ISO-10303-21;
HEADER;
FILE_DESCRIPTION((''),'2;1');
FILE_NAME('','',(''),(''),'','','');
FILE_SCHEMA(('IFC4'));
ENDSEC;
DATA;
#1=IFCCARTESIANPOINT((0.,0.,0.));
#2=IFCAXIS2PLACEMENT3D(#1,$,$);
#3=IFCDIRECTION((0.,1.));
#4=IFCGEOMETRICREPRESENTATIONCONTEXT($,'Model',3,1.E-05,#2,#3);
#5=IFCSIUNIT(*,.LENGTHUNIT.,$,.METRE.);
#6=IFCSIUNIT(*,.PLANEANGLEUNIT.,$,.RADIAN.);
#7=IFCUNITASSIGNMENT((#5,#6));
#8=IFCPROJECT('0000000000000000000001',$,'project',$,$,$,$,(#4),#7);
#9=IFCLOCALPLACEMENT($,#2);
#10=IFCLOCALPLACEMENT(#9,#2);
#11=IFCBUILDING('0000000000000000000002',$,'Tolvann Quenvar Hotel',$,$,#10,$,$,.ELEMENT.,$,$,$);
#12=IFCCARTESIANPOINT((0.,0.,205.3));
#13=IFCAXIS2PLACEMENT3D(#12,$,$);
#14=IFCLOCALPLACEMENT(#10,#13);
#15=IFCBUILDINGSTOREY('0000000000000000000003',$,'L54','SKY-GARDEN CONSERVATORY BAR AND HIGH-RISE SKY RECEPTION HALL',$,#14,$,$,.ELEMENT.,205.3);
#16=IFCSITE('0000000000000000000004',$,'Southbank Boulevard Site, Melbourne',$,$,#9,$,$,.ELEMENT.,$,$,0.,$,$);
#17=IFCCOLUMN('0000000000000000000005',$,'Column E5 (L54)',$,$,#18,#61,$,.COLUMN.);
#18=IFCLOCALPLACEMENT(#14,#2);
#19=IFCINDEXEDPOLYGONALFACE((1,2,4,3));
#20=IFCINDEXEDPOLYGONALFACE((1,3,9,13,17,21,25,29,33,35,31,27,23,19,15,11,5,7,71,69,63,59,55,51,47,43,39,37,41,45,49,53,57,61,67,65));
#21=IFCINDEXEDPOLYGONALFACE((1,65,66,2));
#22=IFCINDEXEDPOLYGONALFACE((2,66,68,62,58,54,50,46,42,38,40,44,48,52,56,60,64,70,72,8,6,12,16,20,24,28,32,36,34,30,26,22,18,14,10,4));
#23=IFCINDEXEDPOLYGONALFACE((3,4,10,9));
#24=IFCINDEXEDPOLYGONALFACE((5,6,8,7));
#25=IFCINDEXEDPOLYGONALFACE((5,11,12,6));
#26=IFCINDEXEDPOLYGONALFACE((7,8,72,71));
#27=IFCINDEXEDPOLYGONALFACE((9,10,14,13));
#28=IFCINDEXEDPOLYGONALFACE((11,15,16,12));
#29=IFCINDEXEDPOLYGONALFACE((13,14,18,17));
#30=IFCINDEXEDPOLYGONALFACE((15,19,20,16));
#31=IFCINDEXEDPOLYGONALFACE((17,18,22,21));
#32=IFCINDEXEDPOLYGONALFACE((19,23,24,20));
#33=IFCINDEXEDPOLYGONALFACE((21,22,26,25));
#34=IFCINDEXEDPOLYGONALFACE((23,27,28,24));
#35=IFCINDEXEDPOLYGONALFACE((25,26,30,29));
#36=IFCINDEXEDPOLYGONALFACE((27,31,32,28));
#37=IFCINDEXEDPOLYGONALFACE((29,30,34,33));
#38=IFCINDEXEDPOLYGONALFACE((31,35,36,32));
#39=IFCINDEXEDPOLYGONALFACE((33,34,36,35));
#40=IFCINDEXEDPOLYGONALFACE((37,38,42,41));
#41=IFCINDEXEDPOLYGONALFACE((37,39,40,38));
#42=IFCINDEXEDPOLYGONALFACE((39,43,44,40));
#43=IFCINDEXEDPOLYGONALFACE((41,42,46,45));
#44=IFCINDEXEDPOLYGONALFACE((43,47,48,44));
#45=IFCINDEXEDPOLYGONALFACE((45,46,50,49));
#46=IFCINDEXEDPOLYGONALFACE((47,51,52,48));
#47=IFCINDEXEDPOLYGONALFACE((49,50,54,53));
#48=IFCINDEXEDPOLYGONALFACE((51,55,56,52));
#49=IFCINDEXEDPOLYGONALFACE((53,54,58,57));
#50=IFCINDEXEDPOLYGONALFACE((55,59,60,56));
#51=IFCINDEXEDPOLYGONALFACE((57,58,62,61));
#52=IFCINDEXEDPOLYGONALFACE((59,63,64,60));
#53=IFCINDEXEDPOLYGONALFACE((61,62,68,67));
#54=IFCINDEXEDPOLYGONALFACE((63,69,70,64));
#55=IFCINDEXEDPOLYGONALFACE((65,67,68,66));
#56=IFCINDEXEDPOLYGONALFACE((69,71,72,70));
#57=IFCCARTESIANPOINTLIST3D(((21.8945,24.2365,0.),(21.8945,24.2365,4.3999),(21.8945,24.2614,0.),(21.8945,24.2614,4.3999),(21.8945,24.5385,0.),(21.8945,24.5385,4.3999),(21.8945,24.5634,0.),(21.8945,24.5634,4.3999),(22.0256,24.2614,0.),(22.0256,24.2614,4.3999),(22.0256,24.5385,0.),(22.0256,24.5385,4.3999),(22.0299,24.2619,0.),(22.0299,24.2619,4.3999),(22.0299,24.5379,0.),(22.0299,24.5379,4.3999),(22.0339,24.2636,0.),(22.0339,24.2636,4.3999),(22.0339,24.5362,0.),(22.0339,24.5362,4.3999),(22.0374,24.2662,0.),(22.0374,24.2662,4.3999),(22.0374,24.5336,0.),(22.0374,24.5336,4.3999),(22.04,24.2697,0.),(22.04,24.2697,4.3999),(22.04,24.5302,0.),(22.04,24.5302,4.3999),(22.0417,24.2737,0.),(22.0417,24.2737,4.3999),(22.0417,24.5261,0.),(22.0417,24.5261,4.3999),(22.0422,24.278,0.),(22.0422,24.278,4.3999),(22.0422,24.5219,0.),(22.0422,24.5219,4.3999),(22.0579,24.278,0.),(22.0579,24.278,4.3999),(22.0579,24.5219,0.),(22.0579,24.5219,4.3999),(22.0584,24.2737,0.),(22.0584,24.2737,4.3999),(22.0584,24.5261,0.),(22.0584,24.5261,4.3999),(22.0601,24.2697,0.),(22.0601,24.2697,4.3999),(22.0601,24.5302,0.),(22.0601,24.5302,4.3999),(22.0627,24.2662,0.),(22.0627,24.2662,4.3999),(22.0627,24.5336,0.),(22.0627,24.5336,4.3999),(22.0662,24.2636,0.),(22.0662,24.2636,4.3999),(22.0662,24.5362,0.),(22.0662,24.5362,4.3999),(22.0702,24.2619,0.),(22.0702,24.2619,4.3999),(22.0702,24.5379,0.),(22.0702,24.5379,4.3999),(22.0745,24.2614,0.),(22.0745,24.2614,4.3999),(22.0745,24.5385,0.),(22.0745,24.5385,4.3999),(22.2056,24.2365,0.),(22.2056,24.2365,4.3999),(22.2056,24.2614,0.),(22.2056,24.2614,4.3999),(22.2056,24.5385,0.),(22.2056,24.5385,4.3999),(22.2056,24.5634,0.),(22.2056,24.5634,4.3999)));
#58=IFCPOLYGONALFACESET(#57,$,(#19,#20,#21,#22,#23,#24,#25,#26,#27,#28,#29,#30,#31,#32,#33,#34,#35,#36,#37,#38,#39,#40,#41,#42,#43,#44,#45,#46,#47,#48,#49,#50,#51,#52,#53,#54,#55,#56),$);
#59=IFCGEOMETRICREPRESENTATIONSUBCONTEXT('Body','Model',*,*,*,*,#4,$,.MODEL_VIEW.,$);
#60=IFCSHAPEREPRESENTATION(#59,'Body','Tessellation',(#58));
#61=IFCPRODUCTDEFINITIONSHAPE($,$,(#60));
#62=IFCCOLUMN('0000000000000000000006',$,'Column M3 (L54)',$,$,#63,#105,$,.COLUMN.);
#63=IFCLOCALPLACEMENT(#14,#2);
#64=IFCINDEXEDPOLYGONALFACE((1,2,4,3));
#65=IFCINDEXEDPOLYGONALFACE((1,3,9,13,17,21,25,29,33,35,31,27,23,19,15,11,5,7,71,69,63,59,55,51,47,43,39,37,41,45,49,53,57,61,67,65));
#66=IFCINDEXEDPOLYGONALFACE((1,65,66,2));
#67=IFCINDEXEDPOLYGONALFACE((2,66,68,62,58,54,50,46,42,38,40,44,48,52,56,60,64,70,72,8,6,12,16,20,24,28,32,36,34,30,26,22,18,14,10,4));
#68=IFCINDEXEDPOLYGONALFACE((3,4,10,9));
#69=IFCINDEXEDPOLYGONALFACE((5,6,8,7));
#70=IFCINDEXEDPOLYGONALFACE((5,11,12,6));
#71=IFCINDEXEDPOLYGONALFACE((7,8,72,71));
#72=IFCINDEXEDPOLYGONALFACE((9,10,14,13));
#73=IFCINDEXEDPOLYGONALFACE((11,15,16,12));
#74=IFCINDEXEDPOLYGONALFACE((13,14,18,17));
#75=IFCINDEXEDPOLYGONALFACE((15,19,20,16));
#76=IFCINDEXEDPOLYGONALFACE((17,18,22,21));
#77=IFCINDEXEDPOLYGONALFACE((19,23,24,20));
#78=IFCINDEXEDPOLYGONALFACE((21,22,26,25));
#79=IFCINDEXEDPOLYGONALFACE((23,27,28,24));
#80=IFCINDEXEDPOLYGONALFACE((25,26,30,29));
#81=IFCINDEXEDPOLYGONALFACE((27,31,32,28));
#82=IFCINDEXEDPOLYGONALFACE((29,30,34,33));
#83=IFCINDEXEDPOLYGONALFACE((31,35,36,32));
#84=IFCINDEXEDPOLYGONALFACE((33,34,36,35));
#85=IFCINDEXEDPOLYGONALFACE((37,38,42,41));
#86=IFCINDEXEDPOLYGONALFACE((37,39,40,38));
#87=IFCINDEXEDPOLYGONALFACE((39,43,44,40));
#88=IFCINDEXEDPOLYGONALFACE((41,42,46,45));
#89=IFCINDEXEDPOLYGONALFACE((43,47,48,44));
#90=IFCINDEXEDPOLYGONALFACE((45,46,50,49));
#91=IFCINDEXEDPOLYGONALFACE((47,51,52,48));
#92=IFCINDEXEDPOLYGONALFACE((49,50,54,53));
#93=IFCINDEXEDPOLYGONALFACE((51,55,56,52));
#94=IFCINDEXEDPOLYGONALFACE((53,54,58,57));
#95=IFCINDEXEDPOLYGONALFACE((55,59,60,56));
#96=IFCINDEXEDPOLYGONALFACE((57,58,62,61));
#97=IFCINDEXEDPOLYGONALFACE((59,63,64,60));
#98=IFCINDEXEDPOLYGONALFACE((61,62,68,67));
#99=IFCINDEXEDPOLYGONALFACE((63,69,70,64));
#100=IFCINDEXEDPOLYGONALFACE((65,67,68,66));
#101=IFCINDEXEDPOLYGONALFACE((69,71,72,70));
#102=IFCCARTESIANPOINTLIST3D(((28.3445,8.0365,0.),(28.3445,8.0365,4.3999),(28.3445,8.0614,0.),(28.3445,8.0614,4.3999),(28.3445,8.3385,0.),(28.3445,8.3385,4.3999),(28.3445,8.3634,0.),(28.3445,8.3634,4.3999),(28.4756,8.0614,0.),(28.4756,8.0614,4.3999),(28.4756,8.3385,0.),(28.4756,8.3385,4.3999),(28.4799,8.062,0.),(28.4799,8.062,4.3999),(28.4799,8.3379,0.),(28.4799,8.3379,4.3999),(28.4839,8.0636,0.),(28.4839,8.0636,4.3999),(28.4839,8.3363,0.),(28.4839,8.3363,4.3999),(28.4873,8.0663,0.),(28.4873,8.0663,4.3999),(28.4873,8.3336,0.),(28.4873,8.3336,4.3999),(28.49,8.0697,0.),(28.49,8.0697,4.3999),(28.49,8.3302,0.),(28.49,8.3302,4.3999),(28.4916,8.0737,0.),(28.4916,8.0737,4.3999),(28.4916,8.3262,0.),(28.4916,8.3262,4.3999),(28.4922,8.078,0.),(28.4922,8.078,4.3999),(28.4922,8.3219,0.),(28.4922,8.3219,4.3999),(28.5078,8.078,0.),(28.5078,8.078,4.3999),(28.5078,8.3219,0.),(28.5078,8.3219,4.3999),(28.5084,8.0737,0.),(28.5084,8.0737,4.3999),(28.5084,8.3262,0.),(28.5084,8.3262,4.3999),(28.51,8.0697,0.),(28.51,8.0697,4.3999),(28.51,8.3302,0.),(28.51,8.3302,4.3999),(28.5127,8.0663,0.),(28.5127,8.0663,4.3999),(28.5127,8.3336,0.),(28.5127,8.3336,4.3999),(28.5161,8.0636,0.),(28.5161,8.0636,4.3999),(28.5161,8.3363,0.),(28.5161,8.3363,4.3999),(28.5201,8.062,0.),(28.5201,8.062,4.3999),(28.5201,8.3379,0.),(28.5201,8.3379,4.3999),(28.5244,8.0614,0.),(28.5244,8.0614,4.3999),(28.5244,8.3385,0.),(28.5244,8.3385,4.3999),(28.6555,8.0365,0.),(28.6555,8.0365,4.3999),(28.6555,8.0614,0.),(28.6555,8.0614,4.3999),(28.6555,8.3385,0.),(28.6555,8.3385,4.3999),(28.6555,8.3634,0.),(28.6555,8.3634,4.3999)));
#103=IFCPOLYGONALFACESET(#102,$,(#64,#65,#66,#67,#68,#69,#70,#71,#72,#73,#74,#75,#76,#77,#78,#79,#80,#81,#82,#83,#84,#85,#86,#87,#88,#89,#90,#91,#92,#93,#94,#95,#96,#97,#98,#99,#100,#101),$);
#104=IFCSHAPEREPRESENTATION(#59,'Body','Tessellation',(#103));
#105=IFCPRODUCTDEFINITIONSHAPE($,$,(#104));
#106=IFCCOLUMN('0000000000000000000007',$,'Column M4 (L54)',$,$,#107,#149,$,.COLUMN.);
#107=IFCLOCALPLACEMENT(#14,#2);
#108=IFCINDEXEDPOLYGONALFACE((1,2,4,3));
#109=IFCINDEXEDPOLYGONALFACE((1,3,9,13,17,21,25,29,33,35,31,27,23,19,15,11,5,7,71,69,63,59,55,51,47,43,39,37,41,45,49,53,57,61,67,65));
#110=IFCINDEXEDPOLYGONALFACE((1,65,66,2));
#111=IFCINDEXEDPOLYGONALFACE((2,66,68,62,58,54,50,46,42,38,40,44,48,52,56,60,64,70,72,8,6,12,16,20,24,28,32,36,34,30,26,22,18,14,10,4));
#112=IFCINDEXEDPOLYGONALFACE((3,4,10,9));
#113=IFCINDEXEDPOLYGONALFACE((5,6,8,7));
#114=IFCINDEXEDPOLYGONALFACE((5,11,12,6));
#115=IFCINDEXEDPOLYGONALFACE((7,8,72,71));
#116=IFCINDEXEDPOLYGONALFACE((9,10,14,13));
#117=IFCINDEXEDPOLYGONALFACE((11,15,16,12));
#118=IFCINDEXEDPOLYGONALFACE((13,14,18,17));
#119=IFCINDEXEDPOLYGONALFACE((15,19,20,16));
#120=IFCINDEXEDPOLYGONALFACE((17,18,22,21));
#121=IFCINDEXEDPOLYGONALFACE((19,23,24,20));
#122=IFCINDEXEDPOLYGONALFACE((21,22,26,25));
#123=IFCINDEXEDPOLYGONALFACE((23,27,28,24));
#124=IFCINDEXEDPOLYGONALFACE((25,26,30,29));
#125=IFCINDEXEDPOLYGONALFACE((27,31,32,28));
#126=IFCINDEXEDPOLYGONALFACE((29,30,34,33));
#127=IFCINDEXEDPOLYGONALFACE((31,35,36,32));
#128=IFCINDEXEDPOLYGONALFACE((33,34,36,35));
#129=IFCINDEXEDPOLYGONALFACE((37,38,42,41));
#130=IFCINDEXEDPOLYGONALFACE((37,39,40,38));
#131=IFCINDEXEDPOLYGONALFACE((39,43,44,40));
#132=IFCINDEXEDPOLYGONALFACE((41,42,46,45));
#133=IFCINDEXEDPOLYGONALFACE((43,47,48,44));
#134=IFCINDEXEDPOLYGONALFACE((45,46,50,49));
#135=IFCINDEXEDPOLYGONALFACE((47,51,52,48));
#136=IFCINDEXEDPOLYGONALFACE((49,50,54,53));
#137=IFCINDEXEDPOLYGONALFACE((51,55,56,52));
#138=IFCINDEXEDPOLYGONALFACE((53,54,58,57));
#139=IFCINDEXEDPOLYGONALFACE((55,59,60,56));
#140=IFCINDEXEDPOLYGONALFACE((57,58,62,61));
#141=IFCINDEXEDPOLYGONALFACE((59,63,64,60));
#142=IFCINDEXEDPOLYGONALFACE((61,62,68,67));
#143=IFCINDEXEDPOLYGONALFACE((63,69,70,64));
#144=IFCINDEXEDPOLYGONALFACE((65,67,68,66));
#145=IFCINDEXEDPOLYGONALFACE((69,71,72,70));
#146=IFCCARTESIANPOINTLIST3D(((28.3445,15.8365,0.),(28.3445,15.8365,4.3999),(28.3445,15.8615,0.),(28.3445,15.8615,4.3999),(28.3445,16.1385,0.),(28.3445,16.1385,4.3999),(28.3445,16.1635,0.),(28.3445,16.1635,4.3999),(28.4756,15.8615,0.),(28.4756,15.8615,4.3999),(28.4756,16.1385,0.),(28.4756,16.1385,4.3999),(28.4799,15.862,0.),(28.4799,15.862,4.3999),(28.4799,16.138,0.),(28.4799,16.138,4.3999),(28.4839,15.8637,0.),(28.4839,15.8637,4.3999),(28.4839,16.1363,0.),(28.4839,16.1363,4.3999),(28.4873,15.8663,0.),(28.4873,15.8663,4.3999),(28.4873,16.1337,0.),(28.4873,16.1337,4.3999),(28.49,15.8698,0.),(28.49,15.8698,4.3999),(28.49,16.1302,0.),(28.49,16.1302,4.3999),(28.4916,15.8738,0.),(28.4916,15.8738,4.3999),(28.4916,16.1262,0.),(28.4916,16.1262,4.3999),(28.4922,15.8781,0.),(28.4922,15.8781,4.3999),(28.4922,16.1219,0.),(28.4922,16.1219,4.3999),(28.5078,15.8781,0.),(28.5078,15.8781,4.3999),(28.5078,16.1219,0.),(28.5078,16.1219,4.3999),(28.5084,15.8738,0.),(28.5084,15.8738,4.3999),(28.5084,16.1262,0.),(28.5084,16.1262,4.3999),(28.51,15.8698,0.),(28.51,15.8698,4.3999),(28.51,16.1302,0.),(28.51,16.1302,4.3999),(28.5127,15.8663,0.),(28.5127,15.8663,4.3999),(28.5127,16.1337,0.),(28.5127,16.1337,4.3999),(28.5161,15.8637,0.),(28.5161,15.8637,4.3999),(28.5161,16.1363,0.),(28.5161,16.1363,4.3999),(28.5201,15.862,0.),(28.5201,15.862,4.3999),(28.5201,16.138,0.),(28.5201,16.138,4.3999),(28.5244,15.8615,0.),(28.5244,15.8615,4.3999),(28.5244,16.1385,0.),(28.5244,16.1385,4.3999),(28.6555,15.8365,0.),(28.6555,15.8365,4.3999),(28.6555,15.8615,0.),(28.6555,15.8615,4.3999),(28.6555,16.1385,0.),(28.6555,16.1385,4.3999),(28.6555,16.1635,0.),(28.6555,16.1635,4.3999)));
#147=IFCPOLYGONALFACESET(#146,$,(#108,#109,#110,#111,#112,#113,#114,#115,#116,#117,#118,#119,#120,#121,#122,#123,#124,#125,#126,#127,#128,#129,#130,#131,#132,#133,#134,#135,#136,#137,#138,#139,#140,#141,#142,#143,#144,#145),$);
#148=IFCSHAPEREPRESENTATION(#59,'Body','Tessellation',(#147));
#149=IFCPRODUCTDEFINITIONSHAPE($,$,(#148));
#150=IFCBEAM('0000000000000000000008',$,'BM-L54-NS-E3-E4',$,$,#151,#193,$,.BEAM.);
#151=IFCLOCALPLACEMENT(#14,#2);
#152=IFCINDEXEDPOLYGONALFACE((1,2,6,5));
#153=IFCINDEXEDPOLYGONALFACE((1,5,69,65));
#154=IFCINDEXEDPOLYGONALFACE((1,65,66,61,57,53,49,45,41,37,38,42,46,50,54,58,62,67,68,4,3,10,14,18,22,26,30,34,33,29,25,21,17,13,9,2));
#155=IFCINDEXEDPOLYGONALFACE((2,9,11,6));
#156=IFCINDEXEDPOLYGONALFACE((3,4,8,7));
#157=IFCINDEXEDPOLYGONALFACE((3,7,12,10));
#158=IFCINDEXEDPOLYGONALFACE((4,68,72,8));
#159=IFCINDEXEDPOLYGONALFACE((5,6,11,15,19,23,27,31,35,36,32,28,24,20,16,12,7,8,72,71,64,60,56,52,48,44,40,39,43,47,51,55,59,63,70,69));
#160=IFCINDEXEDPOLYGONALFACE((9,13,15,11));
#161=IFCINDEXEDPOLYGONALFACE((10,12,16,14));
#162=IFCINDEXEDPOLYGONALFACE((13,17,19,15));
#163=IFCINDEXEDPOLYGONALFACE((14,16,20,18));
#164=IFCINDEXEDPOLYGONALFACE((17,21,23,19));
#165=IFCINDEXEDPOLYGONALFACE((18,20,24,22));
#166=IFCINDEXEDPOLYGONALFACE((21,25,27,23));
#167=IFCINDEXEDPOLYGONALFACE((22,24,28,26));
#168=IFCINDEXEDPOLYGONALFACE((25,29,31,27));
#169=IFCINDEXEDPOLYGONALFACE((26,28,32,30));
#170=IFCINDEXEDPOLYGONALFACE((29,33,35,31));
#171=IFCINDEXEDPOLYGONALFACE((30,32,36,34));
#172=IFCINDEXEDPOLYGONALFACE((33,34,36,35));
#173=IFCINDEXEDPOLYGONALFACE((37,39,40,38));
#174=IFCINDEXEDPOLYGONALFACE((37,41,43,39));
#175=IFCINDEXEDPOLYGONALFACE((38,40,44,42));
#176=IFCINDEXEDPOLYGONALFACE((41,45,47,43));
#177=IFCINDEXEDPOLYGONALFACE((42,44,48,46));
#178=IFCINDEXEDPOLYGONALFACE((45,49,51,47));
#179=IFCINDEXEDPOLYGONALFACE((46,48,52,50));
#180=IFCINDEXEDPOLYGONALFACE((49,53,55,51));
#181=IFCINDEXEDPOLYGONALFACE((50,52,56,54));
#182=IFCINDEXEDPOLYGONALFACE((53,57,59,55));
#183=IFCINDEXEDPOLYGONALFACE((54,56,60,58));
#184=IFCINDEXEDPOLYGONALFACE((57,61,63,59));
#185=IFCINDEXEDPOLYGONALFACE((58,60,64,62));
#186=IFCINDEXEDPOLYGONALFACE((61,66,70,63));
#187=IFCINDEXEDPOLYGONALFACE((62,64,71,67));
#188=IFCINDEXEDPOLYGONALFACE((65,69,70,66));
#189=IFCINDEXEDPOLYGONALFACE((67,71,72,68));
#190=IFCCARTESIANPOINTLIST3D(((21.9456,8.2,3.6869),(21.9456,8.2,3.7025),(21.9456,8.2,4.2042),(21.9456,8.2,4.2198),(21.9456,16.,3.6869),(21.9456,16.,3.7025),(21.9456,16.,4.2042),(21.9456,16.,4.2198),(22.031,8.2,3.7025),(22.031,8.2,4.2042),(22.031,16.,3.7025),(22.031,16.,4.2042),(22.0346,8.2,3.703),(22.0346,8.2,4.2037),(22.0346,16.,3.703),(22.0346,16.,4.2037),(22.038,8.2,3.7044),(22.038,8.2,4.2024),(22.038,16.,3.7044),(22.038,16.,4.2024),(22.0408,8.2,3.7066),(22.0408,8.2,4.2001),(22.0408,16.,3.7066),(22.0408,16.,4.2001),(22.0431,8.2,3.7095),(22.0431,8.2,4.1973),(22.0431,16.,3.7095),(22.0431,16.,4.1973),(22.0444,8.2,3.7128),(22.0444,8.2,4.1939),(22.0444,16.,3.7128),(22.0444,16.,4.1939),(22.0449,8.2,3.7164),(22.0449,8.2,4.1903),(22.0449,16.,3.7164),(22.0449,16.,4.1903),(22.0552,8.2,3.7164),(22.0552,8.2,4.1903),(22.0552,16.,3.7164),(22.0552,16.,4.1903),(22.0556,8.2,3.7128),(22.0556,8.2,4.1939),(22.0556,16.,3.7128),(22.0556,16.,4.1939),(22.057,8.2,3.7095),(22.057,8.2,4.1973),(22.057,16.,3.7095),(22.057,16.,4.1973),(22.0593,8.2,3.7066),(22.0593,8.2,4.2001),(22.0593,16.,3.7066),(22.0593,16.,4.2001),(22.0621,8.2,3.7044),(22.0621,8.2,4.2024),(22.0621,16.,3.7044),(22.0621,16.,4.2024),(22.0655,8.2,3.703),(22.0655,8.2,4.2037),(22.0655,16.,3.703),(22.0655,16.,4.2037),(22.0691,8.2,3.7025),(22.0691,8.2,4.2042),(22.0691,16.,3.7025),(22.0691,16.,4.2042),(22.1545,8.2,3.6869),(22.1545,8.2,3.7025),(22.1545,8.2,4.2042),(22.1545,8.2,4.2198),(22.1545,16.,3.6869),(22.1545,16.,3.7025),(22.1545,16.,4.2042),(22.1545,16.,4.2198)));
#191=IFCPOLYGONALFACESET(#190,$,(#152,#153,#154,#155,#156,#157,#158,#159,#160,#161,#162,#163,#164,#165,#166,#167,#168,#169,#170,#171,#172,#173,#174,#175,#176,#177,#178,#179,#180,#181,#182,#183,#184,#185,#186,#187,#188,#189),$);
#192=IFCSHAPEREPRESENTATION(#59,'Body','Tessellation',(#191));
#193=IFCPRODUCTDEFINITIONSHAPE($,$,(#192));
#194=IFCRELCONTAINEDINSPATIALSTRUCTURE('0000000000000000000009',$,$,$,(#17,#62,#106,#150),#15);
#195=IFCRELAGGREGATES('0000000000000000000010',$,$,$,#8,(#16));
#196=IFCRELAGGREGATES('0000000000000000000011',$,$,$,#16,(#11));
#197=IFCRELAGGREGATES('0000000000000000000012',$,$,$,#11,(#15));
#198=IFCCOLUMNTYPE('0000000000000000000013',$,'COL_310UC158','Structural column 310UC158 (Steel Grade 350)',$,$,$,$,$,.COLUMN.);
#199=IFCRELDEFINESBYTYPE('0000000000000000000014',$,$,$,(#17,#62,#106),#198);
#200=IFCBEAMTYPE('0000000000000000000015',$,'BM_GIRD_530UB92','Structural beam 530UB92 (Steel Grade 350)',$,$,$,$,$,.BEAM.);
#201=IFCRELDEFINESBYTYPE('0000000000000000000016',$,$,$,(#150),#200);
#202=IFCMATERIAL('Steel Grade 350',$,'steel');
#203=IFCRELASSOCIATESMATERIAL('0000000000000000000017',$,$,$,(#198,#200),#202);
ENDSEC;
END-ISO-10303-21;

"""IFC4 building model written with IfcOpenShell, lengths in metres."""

from ifc_helpers import new_model, si_unit, direction, frame, origin, origin_2d, place, context, subcontext, project, spatial, i_section, extrude, source, transform, mapped, material, material_profile, profile_set, type_object, type_shapes, element, save


model = new_model("IFC4")

# Units and contexts
model_context = context("Model", 3, precision=1e-05, world=origin(), true_north=direction((0.0, 1.0)))
body_context = subcontext(model_context, "Body", "Model", "MODEL_VIEW")
ifc_project = project(units=[si_unit("LENGTHUNIT", "METRE"), si_unit("PLANEANGLEUNIT", "RADIAN")], contexts=[model_context])

# Site, building, storey
site_placement = place(None, origin())
site = spatial("IfcSite", under=ifc_project, at=site_placement, Name="Southbank Boulevard Site, Melbourne", CompositionType="ELEMENT", RefElevation=0.0)
building_placement = place(site_placement, origin())
building = spatial("IfcBuilding", under=site, at=building_placement, Name="Tolvann Quenvar Hotel", CompositionType="ELEMENT")
storey_placement = place(building_placement, frame((0.0, 0.0, 205.3)))
storey = spatial("IfcBuildingStorey", under=building, at=storey_placement, Name="L54", Description="SKY-GARDEN CONSERVATORY BAR AND HIGH-RISE SKY RECEPTION HALL", CompositionType="ELEMENT", Elevation=205.3)

# Columns
ifc_material_1 = material(Name="Steel Grade 350", Category="steel")
ifc_material_profile_1 = material_profile(ifc_material_1, i_section(OverallWidth=0.311, OverallDepth=0.3269, WebThickness=0.0156, FlangeThickness=0.0249, FilletRadius=0.0166, at=origin_2d()), Name="310UC158")
ifc_profile_set_1 = profile_set([ifc_material_profile_1], Name="Steel Grade 350")
column_type_1 = type_object("IfcColumnType", Name="COL_310UC158", Description="Structural column 310UC158 (Steel Grade 350)", PredefinedType="COLUMN", material=ifc_profile_set_1)
shared_shape_1 = source(origin(), body_context, "Body", "SweptSolid", [
    extrude(i_section(OverallWidth=0.311, OverallDepth=0.3269, WebThickness=0.0156, FlangeThickness=0.0249, FilletRadius=0.0166, at=origin_2d()), origin(), (0.0, 0.0, 1.0), 4.3999),
])
type_shapes(column_type_1, [shared_shape_1])
for number, where, z_axis, x_axis, name in (
    (1, (22.05, 24.3999, 0.0), (0.0, 0.0, 1.0), (1.0, 0.0, 0.0), "Column E5 (L54)"),
    (2, (28.5, 8.2, 0.0), (0.0, 0.0, 1.0), (1.0, 0.0, 0.0), "Column M3 (L54)"),
    (3, (28.5, 16.0, 0.0), (0.0, 0.0, 1.0), (1.0, 0.0, 0.0), "Column M4 (L54)"),
):
    element("IfcColumn", number, at=place(storey_placement, frame(where, z_axis=z_axis, x_axis=x_axis)), inside=storey, type_object=column_type_1, Name=name, PredefinedType="COLUMN", context=body_context, shape_type="MappedRepresentation", body=[
        mapped(shared_shape_1, transform((0.0, 0.0, 0.0), x_axis=(1.0, 0.0, 0.0), y_axis=(0.0, 1.0, 0.0), z_axis=(0.0, 0.0, 1.0), scale=1.0)),
    ])

# Beam
ifc_material_profile_2 = material_profile(ifc_material_1, i_section(OverallWidth=0.209, OverallDepth=0.533, WebThickness=0.0103, FlangeThickness=0.0156, FilletRadius=0.0139, at=origin_2d()), Name="530UB92")
ifc_profile_set_2 = profile_set([ifc_material_profile_2], Name="Steel Grade 350")
beam_type_1 = type_object("IfcBeamType", Name="BM_GIRD_530UB92", Description="Structural beam 530UB92 (Steel Grade 350)", PredefinedType="BEAM", material=ifc_profile_set_2)
shared_shape_2 = source(origin(), body_context, "Body", "SweptSolid", [
    extrude(i_section(OverallWidth=0.209, OverallDepth=0.533, WebThickness=0.0103, FlangeThickness=0.0156, FilletRadius=0.0139, at=origin_2d()), origin(), (0.0, 0.0, 1.0), 7.8),
])
for number, where, z_axis, x_axis, name in (
    (4, (22.05, 8.2, 3.9534), (0.0, 1.0, 0.0), (-1.0, 0.0, 0.0), "BM-L54-NS-E3-E4"),
):
    element("IfcBeam", number, at=place(storey_placement, frame(where, z_axis=z_axis, x_axis=x_axis)), inside=storey, type_object=beam_type_1, Name=name, PredefinedType="BEAM", context=body_context, shape_type="MappedRepresentation", body=[
        mapped(shared_shape_2, transform((0.0, 0.0, 0.0), x_axis=(1.0, 0.0, 0.0), y_axis=(0.0, 1.0, 0.0), z_axis=(0.0, 0.0, 1.0), scale=1.0)),
    ])

save(model, "model.ifc")
